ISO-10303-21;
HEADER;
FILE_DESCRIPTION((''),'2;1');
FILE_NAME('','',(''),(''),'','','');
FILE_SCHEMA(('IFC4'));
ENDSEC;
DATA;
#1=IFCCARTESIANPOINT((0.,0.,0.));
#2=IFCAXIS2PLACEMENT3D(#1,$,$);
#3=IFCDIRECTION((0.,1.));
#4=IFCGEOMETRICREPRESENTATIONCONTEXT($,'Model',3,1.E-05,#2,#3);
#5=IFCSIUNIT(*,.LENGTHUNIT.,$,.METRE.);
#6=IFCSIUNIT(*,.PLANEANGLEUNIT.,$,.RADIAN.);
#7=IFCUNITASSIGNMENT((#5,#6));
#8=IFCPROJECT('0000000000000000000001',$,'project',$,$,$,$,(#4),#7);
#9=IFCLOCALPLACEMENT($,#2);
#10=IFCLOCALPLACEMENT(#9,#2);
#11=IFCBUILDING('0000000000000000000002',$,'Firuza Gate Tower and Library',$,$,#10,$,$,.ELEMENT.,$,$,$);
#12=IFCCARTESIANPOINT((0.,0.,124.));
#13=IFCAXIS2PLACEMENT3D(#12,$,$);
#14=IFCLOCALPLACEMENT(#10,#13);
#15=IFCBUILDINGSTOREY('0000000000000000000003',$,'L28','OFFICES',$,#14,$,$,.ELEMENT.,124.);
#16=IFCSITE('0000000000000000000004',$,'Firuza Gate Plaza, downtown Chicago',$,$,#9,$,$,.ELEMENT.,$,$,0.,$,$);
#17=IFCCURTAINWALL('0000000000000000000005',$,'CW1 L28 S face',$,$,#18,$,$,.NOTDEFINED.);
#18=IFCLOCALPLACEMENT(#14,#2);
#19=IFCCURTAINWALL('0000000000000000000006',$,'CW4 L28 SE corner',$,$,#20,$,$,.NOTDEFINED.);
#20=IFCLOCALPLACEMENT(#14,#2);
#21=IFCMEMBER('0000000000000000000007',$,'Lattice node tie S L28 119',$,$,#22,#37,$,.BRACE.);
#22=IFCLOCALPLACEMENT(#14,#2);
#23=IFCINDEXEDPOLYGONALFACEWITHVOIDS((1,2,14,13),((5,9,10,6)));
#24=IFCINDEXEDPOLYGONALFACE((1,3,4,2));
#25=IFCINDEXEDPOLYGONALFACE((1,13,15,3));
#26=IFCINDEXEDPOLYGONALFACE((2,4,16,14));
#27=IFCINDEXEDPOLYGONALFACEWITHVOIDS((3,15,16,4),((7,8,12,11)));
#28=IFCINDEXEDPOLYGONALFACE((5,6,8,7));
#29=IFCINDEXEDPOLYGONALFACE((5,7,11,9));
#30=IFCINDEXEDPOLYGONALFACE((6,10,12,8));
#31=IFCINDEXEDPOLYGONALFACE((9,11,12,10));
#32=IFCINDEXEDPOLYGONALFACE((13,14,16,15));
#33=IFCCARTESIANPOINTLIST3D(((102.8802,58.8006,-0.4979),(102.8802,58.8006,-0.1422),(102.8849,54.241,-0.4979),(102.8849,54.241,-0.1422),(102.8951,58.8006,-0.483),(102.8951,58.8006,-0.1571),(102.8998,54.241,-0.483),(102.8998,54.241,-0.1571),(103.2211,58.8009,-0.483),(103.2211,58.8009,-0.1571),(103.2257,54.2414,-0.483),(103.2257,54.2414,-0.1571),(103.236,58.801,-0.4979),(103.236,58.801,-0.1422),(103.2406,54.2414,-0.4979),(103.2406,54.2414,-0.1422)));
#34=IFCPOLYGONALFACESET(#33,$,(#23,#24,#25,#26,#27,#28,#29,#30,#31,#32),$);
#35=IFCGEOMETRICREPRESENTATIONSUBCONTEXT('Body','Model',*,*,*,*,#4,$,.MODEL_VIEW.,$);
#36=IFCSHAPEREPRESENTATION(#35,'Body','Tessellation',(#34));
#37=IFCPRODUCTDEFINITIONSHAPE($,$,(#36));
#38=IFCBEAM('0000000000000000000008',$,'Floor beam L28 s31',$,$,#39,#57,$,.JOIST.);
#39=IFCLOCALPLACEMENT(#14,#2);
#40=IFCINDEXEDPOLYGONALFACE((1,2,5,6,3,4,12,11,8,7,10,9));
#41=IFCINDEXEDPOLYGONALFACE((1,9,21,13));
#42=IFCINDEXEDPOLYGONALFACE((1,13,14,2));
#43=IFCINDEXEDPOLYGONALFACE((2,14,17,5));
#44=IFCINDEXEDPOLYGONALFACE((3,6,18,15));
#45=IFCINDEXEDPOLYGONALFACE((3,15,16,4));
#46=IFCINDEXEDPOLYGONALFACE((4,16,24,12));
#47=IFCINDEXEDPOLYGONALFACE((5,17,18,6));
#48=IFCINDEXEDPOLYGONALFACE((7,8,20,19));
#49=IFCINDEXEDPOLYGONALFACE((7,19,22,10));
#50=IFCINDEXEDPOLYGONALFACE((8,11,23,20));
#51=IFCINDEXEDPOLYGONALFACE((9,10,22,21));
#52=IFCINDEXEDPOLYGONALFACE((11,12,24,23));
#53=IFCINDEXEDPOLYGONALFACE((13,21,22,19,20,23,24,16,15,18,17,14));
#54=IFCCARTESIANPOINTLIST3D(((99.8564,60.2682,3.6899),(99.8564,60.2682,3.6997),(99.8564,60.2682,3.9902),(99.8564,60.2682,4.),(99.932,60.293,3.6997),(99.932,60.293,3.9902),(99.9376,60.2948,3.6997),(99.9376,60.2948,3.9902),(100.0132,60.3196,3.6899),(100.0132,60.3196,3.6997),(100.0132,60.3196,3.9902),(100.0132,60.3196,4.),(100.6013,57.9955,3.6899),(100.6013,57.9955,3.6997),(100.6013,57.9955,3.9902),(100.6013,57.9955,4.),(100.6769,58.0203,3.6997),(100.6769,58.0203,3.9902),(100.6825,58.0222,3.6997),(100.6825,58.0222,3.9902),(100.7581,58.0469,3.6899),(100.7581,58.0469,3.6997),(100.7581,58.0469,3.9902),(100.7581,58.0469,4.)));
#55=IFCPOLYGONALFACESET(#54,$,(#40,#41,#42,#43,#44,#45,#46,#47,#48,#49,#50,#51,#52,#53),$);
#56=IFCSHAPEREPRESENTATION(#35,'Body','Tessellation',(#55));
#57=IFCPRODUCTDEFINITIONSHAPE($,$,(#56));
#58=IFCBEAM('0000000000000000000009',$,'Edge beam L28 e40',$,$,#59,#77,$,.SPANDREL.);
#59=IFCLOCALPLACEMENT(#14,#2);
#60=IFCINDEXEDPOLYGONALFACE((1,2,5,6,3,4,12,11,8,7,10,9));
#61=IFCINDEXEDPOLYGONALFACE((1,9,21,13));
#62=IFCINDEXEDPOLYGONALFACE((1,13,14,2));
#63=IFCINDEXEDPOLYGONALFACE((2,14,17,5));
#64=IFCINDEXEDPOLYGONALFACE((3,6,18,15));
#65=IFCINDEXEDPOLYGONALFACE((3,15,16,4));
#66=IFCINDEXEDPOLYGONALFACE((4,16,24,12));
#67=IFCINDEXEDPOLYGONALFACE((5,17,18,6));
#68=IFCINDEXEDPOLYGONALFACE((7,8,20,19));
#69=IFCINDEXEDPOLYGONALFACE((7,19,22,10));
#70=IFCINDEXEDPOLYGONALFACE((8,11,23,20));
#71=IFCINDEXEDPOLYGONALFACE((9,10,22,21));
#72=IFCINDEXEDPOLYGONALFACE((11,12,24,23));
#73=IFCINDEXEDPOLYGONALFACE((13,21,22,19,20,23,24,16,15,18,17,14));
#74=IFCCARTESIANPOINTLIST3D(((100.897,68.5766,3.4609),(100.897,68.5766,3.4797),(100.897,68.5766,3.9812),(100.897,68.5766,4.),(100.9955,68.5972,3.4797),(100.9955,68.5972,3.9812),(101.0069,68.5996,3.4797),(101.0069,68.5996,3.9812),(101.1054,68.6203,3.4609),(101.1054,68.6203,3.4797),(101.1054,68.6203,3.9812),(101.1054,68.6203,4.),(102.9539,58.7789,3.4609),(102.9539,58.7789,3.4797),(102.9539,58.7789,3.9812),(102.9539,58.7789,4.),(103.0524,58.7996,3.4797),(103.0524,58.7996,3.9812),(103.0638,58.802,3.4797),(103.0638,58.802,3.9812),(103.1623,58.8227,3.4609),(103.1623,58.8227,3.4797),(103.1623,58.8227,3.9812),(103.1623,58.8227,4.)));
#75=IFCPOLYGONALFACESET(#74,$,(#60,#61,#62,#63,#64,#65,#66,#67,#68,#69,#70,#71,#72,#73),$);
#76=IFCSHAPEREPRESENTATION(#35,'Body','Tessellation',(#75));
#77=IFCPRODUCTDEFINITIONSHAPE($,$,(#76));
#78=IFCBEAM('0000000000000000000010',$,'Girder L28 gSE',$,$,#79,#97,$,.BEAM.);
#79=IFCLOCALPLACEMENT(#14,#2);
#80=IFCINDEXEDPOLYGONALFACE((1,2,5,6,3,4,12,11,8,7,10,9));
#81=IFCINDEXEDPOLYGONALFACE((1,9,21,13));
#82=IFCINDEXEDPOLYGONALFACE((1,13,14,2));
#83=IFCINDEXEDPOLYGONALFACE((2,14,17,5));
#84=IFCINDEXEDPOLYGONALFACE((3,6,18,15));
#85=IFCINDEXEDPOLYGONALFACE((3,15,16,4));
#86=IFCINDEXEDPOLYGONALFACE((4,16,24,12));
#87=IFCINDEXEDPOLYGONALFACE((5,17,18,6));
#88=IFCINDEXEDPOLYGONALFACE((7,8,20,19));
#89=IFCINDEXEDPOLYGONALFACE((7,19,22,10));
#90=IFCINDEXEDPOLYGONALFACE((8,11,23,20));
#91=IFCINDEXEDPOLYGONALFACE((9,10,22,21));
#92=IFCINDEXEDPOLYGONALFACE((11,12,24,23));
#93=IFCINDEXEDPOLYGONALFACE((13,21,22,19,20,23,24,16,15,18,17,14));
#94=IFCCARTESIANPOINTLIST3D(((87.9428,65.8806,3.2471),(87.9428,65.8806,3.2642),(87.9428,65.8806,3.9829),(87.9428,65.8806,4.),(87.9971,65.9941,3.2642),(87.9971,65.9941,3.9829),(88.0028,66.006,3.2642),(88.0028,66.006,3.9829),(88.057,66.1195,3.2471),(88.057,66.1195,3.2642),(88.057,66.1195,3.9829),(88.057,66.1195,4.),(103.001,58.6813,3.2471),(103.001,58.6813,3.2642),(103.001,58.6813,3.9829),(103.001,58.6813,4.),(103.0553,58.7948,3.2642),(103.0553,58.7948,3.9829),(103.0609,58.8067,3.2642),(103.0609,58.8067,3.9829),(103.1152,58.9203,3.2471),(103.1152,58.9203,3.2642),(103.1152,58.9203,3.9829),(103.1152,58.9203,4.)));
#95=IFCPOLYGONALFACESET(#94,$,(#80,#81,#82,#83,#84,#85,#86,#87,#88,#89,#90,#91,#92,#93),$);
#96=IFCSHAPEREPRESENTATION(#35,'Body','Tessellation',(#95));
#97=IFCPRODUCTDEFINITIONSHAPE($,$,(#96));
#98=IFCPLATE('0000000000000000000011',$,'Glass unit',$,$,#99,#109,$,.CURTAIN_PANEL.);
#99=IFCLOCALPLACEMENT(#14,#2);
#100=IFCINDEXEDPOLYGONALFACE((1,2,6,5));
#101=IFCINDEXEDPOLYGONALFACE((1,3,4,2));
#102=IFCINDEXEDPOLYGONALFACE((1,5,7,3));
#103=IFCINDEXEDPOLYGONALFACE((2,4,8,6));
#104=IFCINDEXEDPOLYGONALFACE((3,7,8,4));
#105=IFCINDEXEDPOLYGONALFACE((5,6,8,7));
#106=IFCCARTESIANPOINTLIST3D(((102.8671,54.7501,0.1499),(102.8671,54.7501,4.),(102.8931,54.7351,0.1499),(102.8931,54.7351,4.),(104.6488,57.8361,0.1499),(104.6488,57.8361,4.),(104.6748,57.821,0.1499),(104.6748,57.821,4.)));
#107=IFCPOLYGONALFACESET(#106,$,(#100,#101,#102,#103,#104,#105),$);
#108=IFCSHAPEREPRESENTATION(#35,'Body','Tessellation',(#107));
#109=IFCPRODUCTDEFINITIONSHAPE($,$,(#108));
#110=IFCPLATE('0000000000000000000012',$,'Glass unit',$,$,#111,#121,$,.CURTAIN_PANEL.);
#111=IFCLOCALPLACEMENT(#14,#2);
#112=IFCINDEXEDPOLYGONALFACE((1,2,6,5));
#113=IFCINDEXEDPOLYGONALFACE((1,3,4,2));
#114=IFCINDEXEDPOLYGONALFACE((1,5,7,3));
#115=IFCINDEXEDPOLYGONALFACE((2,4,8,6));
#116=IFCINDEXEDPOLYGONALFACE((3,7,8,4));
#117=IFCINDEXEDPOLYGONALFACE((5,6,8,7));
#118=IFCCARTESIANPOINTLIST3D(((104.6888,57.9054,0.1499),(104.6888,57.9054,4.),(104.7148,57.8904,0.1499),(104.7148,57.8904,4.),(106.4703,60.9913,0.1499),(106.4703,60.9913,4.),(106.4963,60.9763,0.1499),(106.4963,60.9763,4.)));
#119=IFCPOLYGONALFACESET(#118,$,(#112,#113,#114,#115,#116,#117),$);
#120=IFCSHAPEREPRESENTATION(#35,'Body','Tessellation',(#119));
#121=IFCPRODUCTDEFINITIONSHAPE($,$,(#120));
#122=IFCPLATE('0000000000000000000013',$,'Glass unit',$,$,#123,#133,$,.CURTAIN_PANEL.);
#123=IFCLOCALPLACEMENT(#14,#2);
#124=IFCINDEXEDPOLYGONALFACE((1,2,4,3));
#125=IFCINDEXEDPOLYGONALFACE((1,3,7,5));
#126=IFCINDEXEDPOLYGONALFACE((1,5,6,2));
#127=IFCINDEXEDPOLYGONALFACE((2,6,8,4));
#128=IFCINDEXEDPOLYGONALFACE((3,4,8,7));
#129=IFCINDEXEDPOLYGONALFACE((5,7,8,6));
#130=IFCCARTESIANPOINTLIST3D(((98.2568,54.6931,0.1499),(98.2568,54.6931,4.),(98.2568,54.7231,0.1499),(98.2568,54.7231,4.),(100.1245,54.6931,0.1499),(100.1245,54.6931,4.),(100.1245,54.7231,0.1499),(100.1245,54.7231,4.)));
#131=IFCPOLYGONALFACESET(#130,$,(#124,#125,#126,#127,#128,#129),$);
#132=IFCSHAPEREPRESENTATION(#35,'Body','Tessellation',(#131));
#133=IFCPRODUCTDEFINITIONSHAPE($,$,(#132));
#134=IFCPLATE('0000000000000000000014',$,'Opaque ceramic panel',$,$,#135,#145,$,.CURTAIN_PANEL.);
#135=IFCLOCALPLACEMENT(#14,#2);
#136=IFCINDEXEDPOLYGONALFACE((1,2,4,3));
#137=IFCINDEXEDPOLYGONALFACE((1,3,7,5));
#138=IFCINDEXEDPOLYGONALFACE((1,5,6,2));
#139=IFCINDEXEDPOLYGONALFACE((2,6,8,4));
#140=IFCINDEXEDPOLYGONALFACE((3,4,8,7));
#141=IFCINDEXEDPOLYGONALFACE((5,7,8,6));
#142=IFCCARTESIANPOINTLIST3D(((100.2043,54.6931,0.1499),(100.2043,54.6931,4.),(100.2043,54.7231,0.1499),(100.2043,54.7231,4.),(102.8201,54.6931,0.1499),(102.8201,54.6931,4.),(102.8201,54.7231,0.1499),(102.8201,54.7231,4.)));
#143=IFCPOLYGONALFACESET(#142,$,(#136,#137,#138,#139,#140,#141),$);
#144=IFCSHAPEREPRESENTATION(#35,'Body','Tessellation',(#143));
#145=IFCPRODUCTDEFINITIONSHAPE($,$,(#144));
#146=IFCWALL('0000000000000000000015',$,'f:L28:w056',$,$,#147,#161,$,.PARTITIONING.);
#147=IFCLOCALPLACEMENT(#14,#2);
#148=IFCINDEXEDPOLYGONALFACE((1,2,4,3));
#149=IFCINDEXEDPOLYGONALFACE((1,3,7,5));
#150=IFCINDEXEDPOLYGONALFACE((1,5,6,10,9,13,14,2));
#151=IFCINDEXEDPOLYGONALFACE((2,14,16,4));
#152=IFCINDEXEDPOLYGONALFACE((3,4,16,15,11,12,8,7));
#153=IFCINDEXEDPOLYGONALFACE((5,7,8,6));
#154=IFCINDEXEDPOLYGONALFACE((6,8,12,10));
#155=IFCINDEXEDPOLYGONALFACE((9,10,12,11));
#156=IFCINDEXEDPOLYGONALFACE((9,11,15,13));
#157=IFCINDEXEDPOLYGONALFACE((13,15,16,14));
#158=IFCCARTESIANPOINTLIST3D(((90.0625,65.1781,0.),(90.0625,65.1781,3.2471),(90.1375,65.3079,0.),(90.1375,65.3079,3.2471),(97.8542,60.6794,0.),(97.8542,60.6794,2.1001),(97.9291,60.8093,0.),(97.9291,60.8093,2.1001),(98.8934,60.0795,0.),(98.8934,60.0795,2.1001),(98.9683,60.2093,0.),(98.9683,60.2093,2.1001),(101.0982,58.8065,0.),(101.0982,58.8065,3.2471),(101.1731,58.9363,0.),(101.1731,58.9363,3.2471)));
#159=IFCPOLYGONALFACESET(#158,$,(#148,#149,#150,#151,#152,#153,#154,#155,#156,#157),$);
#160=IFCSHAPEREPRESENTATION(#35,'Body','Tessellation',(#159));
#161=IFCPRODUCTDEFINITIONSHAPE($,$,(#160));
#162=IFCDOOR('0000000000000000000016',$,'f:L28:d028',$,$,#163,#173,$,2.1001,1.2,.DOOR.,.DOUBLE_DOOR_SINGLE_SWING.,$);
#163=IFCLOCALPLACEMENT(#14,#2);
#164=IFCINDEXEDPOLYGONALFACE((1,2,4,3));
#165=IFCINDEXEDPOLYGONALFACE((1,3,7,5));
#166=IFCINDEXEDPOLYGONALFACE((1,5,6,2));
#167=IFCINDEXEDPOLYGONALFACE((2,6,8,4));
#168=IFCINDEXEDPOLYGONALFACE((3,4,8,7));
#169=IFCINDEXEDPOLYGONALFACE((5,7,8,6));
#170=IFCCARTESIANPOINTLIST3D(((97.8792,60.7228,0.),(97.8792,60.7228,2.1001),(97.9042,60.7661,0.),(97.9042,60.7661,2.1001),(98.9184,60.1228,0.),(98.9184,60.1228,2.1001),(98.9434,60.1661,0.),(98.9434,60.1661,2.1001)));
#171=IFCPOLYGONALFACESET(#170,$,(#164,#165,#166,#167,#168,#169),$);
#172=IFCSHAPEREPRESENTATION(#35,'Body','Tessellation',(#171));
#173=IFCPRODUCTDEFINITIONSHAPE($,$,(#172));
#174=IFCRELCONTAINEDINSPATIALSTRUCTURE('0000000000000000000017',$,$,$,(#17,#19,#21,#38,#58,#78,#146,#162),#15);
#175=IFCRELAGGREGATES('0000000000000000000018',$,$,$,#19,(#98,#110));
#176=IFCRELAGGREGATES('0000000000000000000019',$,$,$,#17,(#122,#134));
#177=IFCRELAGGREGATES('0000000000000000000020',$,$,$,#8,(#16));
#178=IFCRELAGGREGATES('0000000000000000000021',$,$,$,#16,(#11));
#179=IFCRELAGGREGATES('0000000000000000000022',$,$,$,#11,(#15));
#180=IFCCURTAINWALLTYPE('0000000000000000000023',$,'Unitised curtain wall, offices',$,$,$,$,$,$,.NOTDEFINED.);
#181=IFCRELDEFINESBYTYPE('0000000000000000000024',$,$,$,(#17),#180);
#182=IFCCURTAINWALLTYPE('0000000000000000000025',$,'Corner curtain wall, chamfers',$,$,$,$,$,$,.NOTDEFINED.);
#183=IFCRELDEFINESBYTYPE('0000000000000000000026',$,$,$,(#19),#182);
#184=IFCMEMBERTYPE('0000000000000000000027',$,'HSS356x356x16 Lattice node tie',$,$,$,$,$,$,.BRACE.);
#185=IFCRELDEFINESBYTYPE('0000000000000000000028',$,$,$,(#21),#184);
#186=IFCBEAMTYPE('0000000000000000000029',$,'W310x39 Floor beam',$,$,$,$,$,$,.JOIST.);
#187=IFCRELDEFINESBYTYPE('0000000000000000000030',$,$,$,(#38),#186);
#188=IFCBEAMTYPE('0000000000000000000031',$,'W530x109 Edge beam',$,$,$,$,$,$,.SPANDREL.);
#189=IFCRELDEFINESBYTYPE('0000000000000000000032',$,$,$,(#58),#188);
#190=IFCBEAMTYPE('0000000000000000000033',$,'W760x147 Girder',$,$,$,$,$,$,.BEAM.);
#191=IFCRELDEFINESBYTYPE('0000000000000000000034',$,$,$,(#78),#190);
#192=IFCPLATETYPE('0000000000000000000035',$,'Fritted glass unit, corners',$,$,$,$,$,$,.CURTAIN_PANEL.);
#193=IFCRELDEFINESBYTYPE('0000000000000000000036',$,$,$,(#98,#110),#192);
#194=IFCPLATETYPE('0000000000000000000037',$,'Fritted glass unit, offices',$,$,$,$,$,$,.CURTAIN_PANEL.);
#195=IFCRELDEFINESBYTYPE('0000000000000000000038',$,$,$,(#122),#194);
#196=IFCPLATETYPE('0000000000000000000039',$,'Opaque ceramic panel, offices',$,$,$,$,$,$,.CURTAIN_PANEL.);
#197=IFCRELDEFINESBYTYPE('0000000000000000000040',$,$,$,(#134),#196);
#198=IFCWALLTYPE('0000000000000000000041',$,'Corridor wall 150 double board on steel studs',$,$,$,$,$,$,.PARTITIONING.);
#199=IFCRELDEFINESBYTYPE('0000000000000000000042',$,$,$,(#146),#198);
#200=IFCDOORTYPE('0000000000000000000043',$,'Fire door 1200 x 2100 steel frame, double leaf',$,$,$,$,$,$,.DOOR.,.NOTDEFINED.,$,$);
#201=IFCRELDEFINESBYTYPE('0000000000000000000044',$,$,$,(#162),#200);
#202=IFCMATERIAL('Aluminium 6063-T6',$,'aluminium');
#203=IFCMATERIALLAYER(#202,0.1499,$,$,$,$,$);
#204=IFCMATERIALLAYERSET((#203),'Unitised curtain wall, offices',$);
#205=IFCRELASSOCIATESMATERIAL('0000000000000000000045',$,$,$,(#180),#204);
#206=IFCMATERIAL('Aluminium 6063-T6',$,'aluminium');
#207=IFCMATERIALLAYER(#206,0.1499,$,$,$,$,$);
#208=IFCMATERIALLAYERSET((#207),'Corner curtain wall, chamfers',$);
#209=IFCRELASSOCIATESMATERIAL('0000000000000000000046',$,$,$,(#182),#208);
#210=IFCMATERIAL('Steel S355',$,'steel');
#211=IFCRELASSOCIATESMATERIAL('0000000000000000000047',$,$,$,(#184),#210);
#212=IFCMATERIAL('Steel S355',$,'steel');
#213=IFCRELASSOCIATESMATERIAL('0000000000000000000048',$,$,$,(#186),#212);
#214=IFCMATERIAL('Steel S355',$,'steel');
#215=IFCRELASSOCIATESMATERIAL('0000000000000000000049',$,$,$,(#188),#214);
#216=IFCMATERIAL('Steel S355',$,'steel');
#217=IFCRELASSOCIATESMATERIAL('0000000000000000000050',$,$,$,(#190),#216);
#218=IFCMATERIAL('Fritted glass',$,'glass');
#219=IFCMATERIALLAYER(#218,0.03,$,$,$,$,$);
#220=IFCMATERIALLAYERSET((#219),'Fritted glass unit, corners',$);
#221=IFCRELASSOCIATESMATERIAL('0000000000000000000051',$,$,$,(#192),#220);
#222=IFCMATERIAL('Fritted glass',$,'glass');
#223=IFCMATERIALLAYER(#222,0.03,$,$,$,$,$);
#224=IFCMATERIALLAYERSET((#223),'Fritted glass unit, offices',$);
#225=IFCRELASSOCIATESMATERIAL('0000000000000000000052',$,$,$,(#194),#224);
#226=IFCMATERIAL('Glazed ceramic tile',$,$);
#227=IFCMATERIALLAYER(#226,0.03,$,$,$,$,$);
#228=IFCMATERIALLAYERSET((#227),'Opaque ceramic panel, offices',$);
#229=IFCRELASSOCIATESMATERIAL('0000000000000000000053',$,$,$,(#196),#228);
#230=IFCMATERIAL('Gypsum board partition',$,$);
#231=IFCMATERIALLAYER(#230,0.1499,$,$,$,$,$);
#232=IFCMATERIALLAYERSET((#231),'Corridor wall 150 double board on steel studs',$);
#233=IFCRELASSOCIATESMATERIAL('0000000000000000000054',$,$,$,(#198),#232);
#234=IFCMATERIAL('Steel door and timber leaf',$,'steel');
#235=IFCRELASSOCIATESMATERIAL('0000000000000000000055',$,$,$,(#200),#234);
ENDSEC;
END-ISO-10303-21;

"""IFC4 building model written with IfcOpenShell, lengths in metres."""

from ifc_helpers import new_model, si_unit, direction, frame, frame_2d, origin, origin_2d, place, context, subcontext, project, spatial, polyline, rectangle, hollow_rectangle, i_section, outline, extrude, material, layer, layer_set, material_profile, profile_set, type_object, element, fill, aggregate, save


model = new_model("IFC4")

# Units and contexts
model_context = context("Model", 3, precision=1e-05, world=origin(), true_north=direction((0.0, 1.0)))
body_context = subcontext(model_context, "Body", "Model", "MODEL_VIEW")
ifc_project = project(units=[si_unit("LENGTHUNIT", "METRE"), si_unit("PLANEANGLEUNIT", "RADIAN")], contexts=[model_context])

# Site, building, storey
site_placement = place(None, origin())
site = spatial("IfcSite", under=ifc_project, at=site_placement, Name="Firuza Gate Plaza, downtown Chicago", CompositionType="ELEMENT", RefElevation=0.0)
building_placement = place(site_placement, origin())
building = spatial("IfcBuilding", under=site, at=building_placement, Name="Firuza Gate Tower and Library", CompositionType="ELEMENT")
storey_placement = place(building_placement, frame((0.0, 0.0, 124.0)))
storey = spatial("IfcBuildingStorey", under=building, at=storey_placement, Name="L28", Description="OFFICES", CompositionType="ELEMENT", Elevation=124.0)

# Curtain walls
ifc_material_1 = material(Name="Aluminium 6063-T6", Category="aluminium")
ifc_layer_1 = layer(ifc_material_1, 0.1499)
ifc_layer_set_1 = layer_set([ifc_layer_1], Name="Unitised curtain wall, offices")
curtain_wall_type_1 = type_object("IfcCurtainWallType", Name="Unitised curtain wall, offices", PredefinedType="NOTDEFINED", material=ifc_layer_set_1)
placement = place(storey_placement, origin())
curtain_wall_1 = element("IfcCurtainWall", 1, at=placement, inside=storey, type_object=curtain_wall_type_1, Name="CW1 L28 S face", PredefinedType="NOTDEFINED")
ifc_material_2 = material(Name="Aluminium 6063-T6", Category="aluminium")
ifc_layer_2 = layer(ifc_material_2, 0.1499)
ifc_layer_set_2 = layer_set([ifc_layer_2], Name="Corner curtain wall, chamfers")
curtain_wall_type_2 = type_object("IfcCurtainWallType", Name="Corner curtain wall, chamfers", PredefinedType="NOTDEFINED", material=ifc_layer_set_2)
curtain_wall_2 = element("IfcCurtainWall", 2, at=placement, inside=storey, type_object=curtain_wall_type_2, Name="CW4 L28 SE corner", PredefinedType="NOTDEFINED")

# Member
ifc_material_3 = material(Name="Steel S355", Category="steel")
ifc_material_profile_1 = material_profile(ifc_material_3, hollow_rectangle(XDim=0.3557, YDim=0.3557, WallThickness=0.0149, at=origin_2d()))
ifc_profile_set_1 = profile_set([ifc_material_profile_1], Name="Steel S355")
member_type_1 = type_object("IfcMemberType", Name="HSS356x356x16 Lattice node tie", PredefinedType="BRACE", material=ifc_profile_set_1)
member_1_placement = place(storey_placement, frame((103.0581, 58.8008, -0.3201), z_axis=(0.001017, -0.999999, 0.0), x_axis=(0.999999, 0.001017, 0.0)))
element("IfcMember", 3, at=member_1_placement, inside=storey, type_object=member_type_1, Name="Lattice node tie S L28 119", PredefinedType="BRACE", context=body_context, shape_type="SweptSolid", body=[
    extrude(hollow_rectangle(XDim=0.3557, YDim=0.3557, WallThickness=0.0149, at=origin_2d()), origin(), (0.0, 0.0, 1.0), 4.5596),
])

# Beams
ifc_material_4 = material(Name="Steel S355", Category="steel")
ifc_material_profile_2 = material_profile(ifc_material_4, i_section(OverallWidth=0.165, OverallDepth=0.3101, WebThickness=0.0059, FlangeThickness=0.0098, at=origin_2d()))
ifc_profile_set_2 = profile_set([ifc_material_profile_2], Name="Steel S355")
beam_type_1 = type_object("IfcBeamType", Name="W310x39 Floor beam", PredefinedType="JOIST", material=ifc_profile_set_2)
beam_1_placement = place(storey_placement, frame((100.6797, 58.0212, 3.845), z_axis=(-0.311446, 0.950264, 0.0), x_axis=(-0.950264, -0.311446, 0.0)))
element("IfcBeam", 4, at=beam_1_placement, inside=storey, type_object=beam_type_1, Name="Floor beam L28 s31", PredefinedType="JOIST", context=body_context, shape_type="SweptSolid", body=[
    extrude(i_section(OverallWidth=0.165, OverallDepth=0.3101, WebThickness=0.0059, FlangeThickness=0.0098, at=origin_2d()), origin(), (0.0, 0.0, 1.0), 2.3916),
])
ifc_material_5 = material(Name="Steel S355", Category="steel")
ifc_material_profile_3 = material_profile(ifc_material_5, i_section(OverallWidth=0.2129, OverallDepth=0.5391, WebThickness=0.0117, FlangeThickness=0.0188, at=origin_2d()))
ifc_profile_set_3 = profile_set([ifc_material_profile_3], Name="Steel S355")
beam_type_2 = type_object("IfcBeamType", Name="W530x109 Edge beam", PredefinedType="SPANDREL", material=ifc_profile_set_3)
beam_2_placement = place(storey_placement, frame((103.0581, 58.8008, 3.7305), z_axis=(-0.205459, 0.978666, 0.0), x_axis=(-0.978666, -0.205459, 0.0)))
element("IfcBeam", 5, at=beam_2_placement, inside=storey, type_object=beam_type_2, Name="Edge beam L28 e40", PredefinedType="SPANDREL", context=body_context, shape_type="SweptSolid", body=[
    extrude(i_section(OverallWidth=0.2129, OverallDepth=0.5391, WebThickness=0.0117, FlangeThickness=0.0188, at=origin_2d()), origin(), (0.0, 0.0, 1.0), 10.0112),
])
ifc_material_6 = material(Name="Steel S355", Category="steel")
ifc_material_profile_4 = material_profile(ifc_material_6, i_section(OverallWidth=0.2649, OverallDepth=0.7529, WebThickness=0.0132, FlangeThickness=0.0171, at=origin_2d()))
ifc_profile_set_4 = profile_set([ifc_material_profile_4], Name="Steel S355")
beam_type_3 = type_object("IfcBeamType", Name="W760x147 Girder", PredefinedType="BEAM", material=ifc_profile_set_4)
beam_3_placement = place(storey_placement, frame((103.0581, 58.8008, 3.6235), z_axis=(-0.902192, 0.431334, 0.0), x_axis=(-0.431334, -0.902192, 0.0)))
element("IfcBeam", 6, at=beam_3_placement, inside=storey, type_object=beam_type_3, Name="Girder L28 gSE", PredefinedType="BEAM", context=body_context, shape_type="SweptSolid", body=[
    extrude(i_section(OverallWidth=0.2649, OverallDepth=0.7529, WebThickness=0.0132, FlangeThickness=0.0171, at=origin_2d()), origin(), (0.0, 0.0, 1.0), 16.6907),
])

# Plates
ifc_material_7 = material(Name="Fritted glass", Category="glass")
ifc_layer_3 = layer(ifc_material_7, 0.03)
ifc_layer_set_3 = layer_set([ifc_layer_3], Name="Fritted glass unit, corners")
plate_type_1 = type_object("IfcPlateType", Name="Fritted glass unit, corners", PredefinedType="CURTAIN_PANEL", material=ifc_layer_set_3)
plate_1_placement = place(storey_placement, frame((102.8931, 54.7351, 0.1499), z_axis=(0.866017, -0.500015, 0.0), x_axis=(0.500015, 0.866017, 0.0)))
plate_1 = element("IfcPlate", 7, at=plate_1_placement, type_object=plate_type_1, Name="Glass unit", PredefinedType="CURTAIN_PANEL", context=body_context, shape_type="SweptSolid", body=[
    extrude(outline(polyline([(0.0, 0.0), (3.5634, 0.0), (3.5634, 3.8501), (0.0, 3.8501), (0.0, 0.0)])), origin(), (0.0, 0.0, -1.0), 0.03),
])
plate_2_placement = place(storey_placement, frame((104.7148, 57.8904, 0.1499), z_axis=(0.866046, -0.499964, 0.0), x_axis=(0.499964, 0.866046, 0.0)))
plate_2 = element("IfcPlate", 8, at=plate_2_placement, type_object=plate_type_1, Name="Glass unit", PredefinedType="CURTAIN_PANEL", context=body_context, shape_type="SweptSolid", body=[
    extrude(outline(polyline([(0.0, 0.0), (3.5632, 0.0), (3.5632, 3.8501), (0.0, 3.8501), (0.0, 0.0)])), origin(), (0.0, 0.0, -1.0), 0.03),
])
aggregate(curtain_wall_2, [plate_1, plate_2])
ifc_material_8 = material(Name="Fritted glass", Category="glass")
ifc_layer_4 = layer(ifc_material_8, 0.03)
ifc_layer_set_4 = layer_set([ifc_layer_4], Name="Fritted glass unit, offices")
plate_type_2 = type_object("IfcPlateType", Name="Fritted glass unit, offices", PredefinedType="CURTAIN_PANEL", material=ifc_layer_set_4)
plate_3_placement = place(storey_placement, frame((98.2568, 54.6931, 0.1499), z_axis=(0.0, -1.0, 0.0), x_axis=(1.0, 0.0, 0.0)))
plate_3 = element("IfcPlate", 9, at=plate_3_placement, type_object=plate_type_2, Name="Glass unit", PredefinedType="CURTAIN_PANEL", context=body_context, shape_type="SweptSolid", body=[
    extrude(outline(polyline([(0.0, 0.0), (1.8677, 0.0), (1.8677, 3.8501), (0.0, 3.8501), (0.0, 0.0)])), origin(), (0.0, 0.0, -1.0), 0.03),
])
ifc_material_9 = material(Name="Glazed ceramic tile")
ifc_layer_5 = layer(ifc_material_9, 0.03)
ifc_layer_set_5 = layer_set([ifc_layer_5], Name="Opaque ceramic panel, offices")
plate_type_3 = type_object("IfcPlateType", Name="Opaque ceramic panel, offices", PredefinedType="CURTAIN_PANEL", material=ifc_layer_set_5)
plate_4_placement = place(storey_placement, frame((100.2043, 54.6931, 0.1499), z_axis=(0.0, -1.0, 0.0), x_axis=(1.0, 0.0, 0.0)))
plate_4 = element("IfcPlate", 10, at=plate_4_placement, type_object=plate_type_3, Name="Opaque ceramic panel", PredefinedType="CURTAIN_PANEL", context=body_context, shape_type="SweptSolid", body=[
    extrude(outline(polyline([(0.0, 0.0), (2.6157, 0.0), (2.6157, 3.8501), (0.0, 3.8501), (0.0, 0.0)])), origin(), (0.0, 0.0, -1.0), 0.03),
])
aggregate(curtain_wall_1, [plate_3, plate_4])

# Wall, opening, door
ifc_material_10 = material(Name="Gypsum board partition")
ifc_layer_6 = layer(ifc_material_10, 0.1499)
ifc_layer_set_6 = layer_set([ifc_layer_6], Name="Corridor wall 150 double board on steel studs")
wall_type_1 = type_object("IfcWallType", Name="Corridor wall 150 double board on steel studs", PredefinedType="PARTITIONING", material=ifc_layer_set_6)
wall_1_placement = place(storey_placement, frame((101.1357, 58.8713, 0.0), z_axis=(0.0, 0.0, 1.0), x_axis=(-0.86602, 0.500009, 0.0)))
wall_1 = element("IfcWall", 11, at=wall_1_placement, inside=storey, type_object=wall_type_1, Name="f:L28:w056", PredefinedType="PARTITIONING", context=body_context, shape_type="SweptSolid", body=[
    extrude(rectangle(XDim=12.7429, YDim=0.1499, at=frame_2d((6.3716, 0.0))), origin(), (0.0, 0.0, 1.0), 3.2471),
])
opening_1_placement = place(wall_1_placement, frame((2.5459, 0.0, 0.0)))
opening_1 = element("IfcOpeningElement", 12, at=opening_1_placement, cuts=wall_1, PredefinedType="OPENING", context=body_context, shape_type="SweptSolid", body=[
    extrude(rectangle(XDim=1.2, YDim=2.1001, at=frame_2d((0.6001, 1.05))), frame((0.0, 0.085, 0.0), z_axis=(0.0, -1.0, 0.0), x_axis=(1.0, 0.0, 0.0)), (0.0, 0.0, 1.0), 0.1699),
])
ifc_material_11 = material(Name="Steel door and timber leaf", Category="steel")
door_type_1 = type_object("IfcDoorType", Name="Fire door 1200 x 2100 steel frame, double leaf", OperationType="NOTDEFINED", PredefinedType="DOOR", material=ifc_material_11)
door_1_placement = place(opening_1_placement, origin())
door_1 = element("IfcDoor", 13, at=door_1_placement, inside=storey, type_object=door_type_1, Name="f:L28:d028", OperationType="DOUBLE_DOOR_SINGLE_SWING", OverallHeight=2.1001, OverallWidth=1.2, PredefinedType="DOOR", context=body_context, shape_type="SweptSolid", body=[
    extrude(rectangle(XDim=1.2, YDim=2.1001, at=frame_2d((0.6001, 1.05))), frame((0.0, 0.0249, 0.0), z_axis=(0.0, -1.0, 0.0), x_axis=(1.0, 0.0, 0.0)), (0.0, 0.0, 1.0), 0.05),
])
fill(opening_1, door_1)

save(model, "model.ifc")
